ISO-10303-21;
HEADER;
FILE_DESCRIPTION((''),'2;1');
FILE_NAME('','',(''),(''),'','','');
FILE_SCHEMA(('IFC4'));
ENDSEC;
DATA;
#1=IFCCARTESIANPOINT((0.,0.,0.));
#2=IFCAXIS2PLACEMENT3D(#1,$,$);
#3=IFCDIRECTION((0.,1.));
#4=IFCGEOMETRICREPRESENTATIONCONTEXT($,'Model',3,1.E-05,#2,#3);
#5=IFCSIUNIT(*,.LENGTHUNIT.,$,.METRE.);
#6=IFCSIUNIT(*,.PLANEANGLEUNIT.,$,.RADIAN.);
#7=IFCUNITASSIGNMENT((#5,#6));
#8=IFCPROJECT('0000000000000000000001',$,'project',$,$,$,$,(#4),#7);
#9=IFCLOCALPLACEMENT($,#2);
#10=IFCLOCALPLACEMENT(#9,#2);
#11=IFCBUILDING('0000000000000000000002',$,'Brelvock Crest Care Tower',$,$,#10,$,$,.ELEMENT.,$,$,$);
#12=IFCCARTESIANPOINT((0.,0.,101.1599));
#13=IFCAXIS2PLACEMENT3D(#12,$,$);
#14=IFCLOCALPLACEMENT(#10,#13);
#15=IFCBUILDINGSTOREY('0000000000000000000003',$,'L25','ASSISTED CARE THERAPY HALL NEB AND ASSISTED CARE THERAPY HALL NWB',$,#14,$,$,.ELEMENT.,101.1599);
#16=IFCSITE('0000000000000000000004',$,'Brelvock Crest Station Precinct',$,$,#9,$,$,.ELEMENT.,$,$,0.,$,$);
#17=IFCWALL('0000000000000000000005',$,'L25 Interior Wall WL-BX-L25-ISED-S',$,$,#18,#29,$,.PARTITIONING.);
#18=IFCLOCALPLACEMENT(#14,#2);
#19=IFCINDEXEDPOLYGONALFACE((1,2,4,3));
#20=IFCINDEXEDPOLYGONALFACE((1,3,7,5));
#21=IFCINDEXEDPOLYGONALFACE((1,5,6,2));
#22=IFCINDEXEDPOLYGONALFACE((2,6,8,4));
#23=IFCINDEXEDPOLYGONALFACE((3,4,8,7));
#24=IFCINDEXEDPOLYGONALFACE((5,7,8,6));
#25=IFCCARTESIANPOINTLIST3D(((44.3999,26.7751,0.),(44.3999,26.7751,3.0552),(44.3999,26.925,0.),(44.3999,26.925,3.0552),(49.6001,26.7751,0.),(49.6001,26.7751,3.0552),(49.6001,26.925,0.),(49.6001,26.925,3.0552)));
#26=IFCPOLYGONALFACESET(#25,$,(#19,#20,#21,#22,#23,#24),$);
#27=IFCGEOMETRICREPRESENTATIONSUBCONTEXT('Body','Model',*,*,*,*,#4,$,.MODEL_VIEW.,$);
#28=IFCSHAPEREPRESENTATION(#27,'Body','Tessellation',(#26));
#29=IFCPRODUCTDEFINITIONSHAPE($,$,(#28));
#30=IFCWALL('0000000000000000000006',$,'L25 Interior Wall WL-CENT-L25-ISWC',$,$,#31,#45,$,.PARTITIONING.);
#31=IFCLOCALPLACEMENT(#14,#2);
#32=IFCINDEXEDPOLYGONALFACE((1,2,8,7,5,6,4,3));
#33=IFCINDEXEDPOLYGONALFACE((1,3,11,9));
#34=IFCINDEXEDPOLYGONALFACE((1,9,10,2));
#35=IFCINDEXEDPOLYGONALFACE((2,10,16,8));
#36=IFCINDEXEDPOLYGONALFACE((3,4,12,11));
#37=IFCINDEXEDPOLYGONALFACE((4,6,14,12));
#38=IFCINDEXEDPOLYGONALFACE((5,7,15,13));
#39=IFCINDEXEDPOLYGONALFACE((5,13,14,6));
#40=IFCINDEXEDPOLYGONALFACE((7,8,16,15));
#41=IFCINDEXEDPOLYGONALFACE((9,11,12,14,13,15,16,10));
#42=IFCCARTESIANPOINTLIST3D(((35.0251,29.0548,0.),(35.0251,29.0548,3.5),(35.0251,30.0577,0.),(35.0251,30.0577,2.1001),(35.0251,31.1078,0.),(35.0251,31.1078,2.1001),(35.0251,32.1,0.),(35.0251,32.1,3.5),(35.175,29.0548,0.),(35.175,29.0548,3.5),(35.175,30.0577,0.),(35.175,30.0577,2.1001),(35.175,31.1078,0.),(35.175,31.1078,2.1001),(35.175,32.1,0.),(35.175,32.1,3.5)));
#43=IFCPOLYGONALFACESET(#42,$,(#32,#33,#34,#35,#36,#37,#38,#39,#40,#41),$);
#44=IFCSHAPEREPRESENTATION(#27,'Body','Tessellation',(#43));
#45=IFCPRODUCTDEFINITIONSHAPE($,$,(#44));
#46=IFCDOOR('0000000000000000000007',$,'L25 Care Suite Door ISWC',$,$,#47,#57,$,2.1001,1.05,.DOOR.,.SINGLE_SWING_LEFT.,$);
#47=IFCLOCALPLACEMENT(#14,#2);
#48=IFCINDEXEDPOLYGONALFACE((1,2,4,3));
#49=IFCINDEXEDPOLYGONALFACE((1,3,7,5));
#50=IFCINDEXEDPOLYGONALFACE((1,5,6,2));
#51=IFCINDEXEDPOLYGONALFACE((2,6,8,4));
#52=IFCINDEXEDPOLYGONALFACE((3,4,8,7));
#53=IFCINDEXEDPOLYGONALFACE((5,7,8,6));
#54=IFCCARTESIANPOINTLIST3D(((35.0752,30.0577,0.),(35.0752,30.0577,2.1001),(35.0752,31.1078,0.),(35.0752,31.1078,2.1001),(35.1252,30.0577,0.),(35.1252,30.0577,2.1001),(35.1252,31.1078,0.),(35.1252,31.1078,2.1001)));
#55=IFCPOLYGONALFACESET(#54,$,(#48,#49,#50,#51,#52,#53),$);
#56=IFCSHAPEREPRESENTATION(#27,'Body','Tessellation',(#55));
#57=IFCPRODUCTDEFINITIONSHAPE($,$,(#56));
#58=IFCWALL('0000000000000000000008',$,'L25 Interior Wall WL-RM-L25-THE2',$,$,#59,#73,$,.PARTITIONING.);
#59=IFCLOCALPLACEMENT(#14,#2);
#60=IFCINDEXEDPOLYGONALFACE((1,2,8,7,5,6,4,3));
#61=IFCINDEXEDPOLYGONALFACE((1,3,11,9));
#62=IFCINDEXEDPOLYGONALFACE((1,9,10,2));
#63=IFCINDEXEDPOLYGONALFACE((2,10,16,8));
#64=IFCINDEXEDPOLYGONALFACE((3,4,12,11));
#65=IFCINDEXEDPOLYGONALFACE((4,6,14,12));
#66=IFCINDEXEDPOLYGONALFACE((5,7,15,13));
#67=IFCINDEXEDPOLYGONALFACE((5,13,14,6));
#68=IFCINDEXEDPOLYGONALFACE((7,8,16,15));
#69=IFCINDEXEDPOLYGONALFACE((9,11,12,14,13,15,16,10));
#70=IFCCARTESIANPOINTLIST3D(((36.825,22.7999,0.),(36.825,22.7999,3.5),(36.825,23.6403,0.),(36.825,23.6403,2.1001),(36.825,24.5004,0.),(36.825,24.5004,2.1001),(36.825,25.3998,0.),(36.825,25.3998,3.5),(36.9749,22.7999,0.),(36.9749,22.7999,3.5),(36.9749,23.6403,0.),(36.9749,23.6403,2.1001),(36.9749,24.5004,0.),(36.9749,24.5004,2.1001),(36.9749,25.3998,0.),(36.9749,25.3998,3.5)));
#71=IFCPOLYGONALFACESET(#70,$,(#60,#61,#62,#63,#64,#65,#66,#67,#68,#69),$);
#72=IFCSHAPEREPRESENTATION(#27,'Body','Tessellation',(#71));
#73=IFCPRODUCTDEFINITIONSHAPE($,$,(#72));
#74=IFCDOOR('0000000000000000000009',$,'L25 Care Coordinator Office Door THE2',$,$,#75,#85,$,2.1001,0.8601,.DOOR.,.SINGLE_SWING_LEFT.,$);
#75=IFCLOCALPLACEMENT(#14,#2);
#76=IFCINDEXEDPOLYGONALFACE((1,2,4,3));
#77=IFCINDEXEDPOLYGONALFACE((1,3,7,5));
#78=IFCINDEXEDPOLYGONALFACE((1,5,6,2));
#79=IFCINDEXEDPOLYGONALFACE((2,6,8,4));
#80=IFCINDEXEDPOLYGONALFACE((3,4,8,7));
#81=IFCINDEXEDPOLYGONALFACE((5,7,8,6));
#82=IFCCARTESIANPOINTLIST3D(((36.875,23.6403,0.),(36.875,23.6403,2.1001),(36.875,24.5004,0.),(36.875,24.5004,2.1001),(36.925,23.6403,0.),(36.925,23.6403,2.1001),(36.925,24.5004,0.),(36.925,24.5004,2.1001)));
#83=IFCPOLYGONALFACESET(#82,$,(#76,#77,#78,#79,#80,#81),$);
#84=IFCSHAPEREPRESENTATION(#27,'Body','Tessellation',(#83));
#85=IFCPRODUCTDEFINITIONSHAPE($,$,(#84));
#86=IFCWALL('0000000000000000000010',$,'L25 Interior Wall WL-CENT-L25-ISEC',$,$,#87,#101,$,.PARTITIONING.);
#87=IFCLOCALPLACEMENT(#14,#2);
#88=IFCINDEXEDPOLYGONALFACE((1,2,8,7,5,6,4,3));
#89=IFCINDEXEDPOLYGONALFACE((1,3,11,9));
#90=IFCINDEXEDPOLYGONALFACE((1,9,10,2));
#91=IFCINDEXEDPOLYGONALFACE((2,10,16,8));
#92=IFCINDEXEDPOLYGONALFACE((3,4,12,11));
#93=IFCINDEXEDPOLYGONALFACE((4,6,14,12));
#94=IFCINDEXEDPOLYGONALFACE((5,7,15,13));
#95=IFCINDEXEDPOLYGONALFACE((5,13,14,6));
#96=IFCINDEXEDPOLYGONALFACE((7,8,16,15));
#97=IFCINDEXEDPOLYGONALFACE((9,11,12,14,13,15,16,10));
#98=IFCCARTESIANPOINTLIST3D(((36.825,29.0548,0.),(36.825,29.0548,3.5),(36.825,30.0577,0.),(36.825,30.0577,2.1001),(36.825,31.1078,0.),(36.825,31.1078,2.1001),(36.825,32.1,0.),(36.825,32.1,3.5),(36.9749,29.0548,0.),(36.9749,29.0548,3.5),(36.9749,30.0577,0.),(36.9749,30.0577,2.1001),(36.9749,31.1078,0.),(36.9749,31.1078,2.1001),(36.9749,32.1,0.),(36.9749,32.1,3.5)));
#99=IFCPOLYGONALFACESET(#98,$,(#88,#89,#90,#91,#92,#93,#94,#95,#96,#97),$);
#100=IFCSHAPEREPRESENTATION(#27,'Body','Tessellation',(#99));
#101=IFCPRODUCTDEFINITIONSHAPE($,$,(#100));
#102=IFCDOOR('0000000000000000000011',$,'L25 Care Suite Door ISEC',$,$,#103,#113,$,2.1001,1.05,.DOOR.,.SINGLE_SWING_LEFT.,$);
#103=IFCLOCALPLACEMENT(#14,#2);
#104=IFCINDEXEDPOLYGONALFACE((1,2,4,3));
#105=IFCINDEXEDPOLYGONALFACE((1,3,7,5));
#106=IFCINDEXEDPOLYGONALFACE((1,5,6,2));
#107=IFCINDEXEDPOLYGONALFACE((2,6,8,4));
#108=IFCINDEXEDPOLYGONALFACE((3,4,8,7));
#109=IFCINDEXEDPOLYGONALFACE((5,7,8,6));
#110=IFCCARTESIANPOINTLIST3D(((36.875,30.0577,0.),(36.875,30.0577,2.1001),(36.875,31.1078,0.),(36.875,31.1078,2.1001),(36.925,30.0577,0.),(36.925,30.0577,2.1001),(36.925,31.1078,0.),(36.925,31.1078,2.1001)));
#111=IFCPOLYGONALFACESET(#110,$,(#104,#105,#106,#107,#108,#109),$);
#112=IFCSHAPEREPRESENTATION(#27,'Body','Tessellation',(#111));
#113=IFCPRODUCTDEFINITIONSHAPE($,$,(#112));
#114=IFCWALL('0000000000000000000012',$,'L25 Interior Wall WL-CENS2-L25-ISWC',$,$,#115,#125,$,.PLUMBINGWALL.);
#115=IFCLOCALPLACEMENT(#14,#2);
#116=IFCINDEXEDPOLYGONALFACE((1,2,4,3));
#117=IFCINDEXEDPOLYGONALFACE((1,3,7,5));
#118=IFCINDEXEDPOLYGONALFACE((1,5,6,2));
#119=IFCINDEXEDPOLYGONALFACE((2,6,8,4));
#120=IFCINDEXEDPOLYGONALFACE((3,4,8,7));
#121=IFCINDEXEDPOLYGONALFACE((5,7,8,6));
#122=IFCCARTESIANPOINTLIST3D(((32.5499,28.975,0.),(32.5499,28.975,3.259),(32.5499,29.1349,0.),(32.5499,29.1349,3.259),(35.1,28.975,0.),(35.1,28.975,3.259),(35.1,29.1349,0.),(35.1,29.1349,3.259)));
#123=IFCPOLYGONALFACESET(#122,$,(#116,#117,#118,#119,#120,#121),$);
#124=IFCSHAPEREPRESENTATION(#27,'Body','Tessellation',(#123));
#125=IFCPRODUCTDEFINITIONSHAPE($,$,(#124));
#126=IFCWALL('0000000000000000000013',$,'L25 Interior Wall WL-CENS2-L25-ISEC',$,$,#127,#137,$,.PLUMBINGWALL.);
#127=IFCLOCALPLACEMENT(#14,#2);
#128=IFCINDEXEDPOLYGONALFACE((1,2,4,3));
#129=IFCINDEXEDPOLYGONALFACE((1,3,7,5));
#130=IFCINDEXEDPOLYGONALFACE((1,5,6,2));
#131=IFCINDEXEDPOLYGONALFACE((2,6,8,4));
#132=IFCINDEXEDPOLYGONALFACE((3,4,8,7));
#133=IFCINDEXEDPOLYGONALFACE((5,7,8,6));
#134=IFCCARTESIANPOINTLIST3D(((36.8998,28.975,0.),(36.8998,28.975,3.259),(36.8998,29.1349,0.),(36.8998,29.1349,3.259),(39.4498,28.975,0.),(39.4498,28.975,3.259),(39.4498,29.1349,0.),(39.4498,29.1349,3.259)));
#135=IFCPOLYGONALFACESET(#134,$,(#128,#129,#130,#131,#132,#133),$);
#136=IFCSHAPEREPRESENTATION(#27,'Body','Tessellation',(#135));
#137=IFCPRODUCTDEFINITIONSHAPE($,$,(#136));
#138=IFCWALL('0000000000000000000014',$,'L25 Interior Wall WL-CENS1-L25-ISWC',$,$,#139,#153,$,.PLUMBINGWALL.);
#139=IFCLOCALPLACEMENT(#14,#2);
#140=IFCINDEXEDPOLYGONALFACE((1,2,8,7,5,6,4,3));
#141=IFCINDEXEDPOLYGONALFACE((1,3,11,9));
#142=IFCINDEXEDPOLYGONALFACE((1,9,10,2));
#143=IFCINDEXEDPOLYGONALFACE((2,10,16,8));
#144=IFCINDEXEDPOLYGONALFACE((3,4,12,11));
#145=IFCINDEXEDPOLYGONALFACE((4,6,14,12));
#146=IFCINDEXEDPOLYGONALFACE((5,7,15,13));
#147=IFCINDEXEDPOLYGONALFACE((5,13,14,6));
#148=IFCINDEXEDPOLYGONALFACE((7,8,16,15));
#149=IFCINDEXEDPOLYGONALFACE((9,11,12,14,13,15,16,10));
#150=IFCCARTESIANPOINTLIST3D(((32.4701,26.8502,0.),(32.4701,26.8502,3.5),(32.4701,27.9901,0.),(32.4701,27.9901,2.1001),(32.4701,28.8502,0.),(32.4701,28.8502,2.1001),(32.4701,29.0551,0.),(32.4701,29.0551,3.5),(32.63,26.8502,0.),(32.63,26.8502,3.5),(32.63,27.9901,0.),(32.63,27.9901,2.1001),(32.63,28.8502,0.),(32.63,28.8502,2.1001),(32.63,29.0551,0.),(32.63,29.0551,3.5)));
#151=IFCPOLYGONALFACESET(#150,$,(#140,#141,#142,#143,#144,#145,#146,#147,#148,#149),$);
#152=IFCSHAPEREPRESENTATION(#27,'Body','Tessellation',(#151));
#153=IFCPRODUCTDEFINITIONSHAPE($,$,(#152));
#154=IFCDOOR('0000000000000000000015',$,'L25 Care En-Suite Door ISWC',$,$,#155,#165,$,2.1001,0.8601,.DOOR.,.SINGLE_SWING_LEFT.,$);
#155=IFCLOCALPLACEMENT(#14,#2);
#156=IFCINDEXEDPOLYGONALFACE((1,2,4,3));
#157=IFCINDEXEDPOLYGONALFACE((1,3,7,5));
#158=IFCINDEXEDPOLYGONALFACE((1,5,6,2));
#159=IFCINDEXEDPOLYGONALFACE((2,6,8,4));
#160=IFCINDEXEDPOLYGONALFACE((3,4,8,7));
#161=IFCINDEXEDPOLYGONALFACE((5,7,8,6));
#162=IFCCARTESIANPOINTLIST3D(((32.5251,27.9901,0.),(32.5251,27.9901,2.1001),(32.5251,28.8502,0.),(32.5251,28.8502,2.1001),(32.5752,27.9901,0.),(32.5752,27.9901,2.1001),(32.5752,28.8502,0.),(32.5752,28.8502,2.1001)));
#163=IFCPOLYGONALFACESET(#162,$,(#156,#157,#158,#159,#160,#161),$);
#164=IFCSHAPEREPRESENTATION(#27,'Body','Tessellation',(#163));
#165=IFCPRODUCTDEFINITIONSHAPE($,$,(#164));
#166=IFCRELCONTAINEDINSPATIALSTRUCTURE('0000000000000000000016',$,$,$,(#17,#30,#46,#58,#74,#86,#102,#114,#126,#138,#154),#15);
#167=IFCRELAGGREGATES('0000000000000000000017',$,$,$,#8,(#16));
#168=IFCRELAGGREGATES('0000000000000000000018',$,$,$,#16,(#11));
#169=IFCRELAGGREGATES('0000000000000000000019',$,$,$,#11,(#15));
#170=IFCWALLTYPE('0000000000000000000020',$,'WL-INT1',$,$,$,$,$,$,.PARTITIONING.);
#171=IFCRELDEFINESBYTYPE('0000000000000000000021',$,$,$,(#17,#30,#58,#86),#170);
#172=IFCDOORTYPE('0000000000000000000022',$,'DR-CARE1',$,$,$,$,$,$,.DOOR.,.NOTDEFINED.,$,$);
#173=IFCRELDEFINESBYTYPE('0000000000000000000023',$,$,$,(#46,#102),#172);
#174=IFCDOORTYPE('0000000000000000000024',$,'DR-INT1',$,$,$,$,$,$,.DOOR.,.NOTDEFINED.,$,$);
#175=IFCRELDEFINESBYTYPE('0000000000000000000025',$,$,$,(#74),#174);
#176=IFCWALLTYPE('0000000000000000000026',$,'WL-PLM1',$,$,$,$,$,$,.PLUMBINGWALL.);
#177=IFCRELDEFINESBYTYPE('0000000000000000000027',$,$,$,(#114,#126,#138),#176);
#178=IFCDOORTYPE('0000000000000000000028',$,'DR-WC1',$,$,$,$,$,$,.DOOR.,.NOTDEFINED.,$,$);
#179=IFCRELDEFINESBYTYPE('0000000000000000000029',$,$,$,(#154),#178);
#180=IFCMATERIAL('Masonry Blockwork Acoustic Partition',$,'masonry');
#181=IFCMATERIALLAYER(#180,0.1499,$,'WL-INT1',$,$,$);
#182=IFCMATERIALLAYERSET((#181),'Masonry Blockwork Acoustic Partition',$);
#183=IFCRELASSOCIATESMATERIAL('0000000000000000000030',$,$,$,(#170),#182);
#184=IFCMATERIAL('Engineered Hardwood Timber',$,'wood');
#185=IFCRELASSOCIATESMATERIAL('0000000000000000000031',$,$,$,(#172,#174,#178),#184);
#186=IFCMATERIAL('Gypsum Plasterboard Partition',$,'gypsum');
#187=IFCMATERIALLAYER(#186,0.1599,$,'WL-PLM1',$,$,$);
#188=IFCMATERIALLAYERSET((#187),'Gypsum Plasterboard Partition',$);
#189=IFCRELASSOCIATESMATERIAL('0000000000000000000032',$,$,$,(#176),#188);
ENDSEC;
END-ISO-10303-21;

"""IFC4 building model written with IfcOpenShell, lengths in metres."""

from ifc_helpers import new_model, si_unit, direction, frame, frame_2d, origin, origin_2d, place, context, subcontext, project, spatial, rectangle, extrude, source, transform, mapped, material, layer, layer_set, type_object, element, fill, save


model = new_model("IFC4")

# Units and contexts
model_context = context("Model", 3, precision=1e-05, world=origin(), true_north=direction((0.0, 1.0)))
body_context = subcontext(model_context, "Body", "Model", "MODEL_VIEW")
ifc_project = project(units=[si_unit("LENGTHUNIT", "METRE"), si_unit("PLANEANGLEUNIT", "RADIAN")], contexts=[model_context])

# Site, building, storey
site_placement = place(None, origin())
site = spatial("IfcSite", under=ifc_project, at=site_placement, Name="Brelvock Crest Station Precinct", CompositionType="ELEMENT", RefElevation=0.0)
building_placement = place(site_placement, origin())
building = spatial("IfcBuilding", under=site, at=building_placement, Name="Brelvock Crest Care Tower", CompositionType="ELEMENT")
storey_placement = place(building_placement, frame((0.0, 0.0, 101.1599)))
storey = spatial("IfcBuildingStorey", under=building, at=storey_placement, Name="L25", Description="ASSISTED CARE THERAPY HALL NEB AND ASSISTED CARE THERAPY HALL NWB", CompositionType="ELEMENT", Elevation=101.1599)

# Wall
ifc_material_1 = material(Name="Masonry Blockwork Acoustic Partition", Category="masonry")
ifc_layer_1 = layer(ifc_material_1, 0.1499, Name="WL-INT1")
ifc_layer_set_1 = layer_set([ifc_layer_1], Name="Masonry Blockwork Acoustic Partition")
wall_type_1 = type_object("IfcWallType", Name="WL-INT1", PredefinedType="PARTITIONING", material=ifc_layer_set_1)
wall_1_placement = place(storey_placement, frame((44.3999, 26.8501, 0.0), z_axis=(0.0, 0.0, 1.0), x_axis=(1.0, 0.0, 0.0)))
element("IfcWall", 1, at=wall_1_placement, inside=storey, type_object=wall_type_1, Name="L25 Interior Wall WL-BX-L25-ISED-S", PredefinedType="PARTITIONING", context=body_context, shape_type="SweptSolid", body=[
    extrude(rectangle(XDim=5.2002, YDim=0.1499, at=frame_2d((2.6001, 0.0))), origin(), (0.0, 0.0, 1.0), 3.0552),
])

# Walls, openings, doors
wall_2_placement = place(storey_placement, frame((35.1001, 29.0549, 0.0), z_axis=(0.0, 0.0, 1.0), x_axis=(0.0, 1.0, 0.0)))
wall_2 = element("IfcWall", 2, at=wall_2_placement, inside=storey, type_object=wall_type_1, Name="L25 Interior Wall WL-CENT-L25-ISWC", PredefinedType="PARTITIONING", context=body_context, shape_type="SweptSolid", body=[
    extrude(rectangle(XDim=3.0452, YDim=0.1499, at=frame_2d((1.5225, 0.0))), origin(), (0.0, 0.0, 1.0), 3.5),
])
opening_1_placement = place(wall_2_placement, frame((1.0029, 0.0, 0.0)))
opening_1 = element("IfcOpeningElement", 3, at=opening_1_placement, cuts=wall_2, PredefinedType="OPENING", context=body_context, shape_type="SweptSolid", body=[
    extrude(rectangle(XDim=1.05, YDim=2.1001, at=origin_2d()), frame((0.5249, 0.085, 1.05), z_axis=(0.0, -1.0, 0.0), x_axis=(1.0, 0.0, 0.0)), (0.0, 0.0, 1.0), 0.1699),
])
ifc_material_2 = material(Name="Engineered Hardwood Timber", Category="wood")
door_type_1 = type_object("IfcDoorType", Name="DR-CARE1", OperationType="NOTDEFINED", PredefinedType="DOOR", material=ifc_material_2)
shared_shape_1 = source(origin(), body_context, "Body", "SweptSolid", [
    extrude(rectangle(XDim=1.05, YDim=2.1001, at=origin_2d()), frame((0.5249, 0.0249, 1.05), z_axis=(0.0, -1.0, 0.0), x_axis=(1.0, 0.0, 0.0)), (0.0, 0.0, 1.0), 0.05),
])
door_1_placement = place(opening_1_placement, origin())
door_1 = element("IfcDoor", 4, at=door_1_placement, inside=storey, type_object=door_type_1, Name="L25 Care Suite Door ISWC", OperationType="SINGLE_SWING_LEFT", OverallHeight=2.1001, OverallWidth=1.05, PredefinedType="DOOR", context=body_context, shape_type="MappedRepresentation", body=[
    mapped(shared_shape_1, transform((0.0, 0.0, 0.0), x_axis=(1.0, 0.0, 0.0), y_axis=(0.0, 1.0, 0.0), z_axis=(0.0, 0.0, 1.0), scale=1.0)),
])
fill(opening_1, door_1)
wall_3_placement = place(storey_placement, frame((36.8999, 22.8, 0.0), z_axis=(0.0, 0.0, 1.0), x_axis=(0.0, 1.0, 0.0)))
wall_3 = element("IfcWall", 5, at=wall_3_placement, inside=storey, type_object=wall_type_1, Name="L25 Interior Wall WL-RM-L25-THE2", PredefinedType="PARTITIONING", context=body_context, shape_type="SweptSolid", body=[
    extrude(rectangle(XDim=2.5999, YDim=0.1499, at=frame_2d((1.2998, 0.0))), origin(), (0.0, 0.0, 1.0), 3.5),
])
opening_2_placement = place(wall_3_placement, frame((0.8401, 0.0, 0.0)))
opening_2 = element("IfcOpeningElement", 6, at=opening_2_placement, cuts=wall_3, PredefinedType="OPENING", context=body_context, shape_type="SweptSolid", body=[
    extrude(rectangle(XDim=0.8601, YDim=2.1001, at=origin_2d()), frame((0.4302, 0.085, 1.05), z_axis=(0.0, -1.0, 0.0), x_axis=(1.0, 0.0, 0.0)), (0.0, 0.0, 1.0), 0.1699),
])
door_type_2 = type_object("IfcDoorType", Name="DR-INT1", OperationType="NOTDEFINED", PredefinedType="DOOR", material=ifc_material_2)
shared_shape_2 = source(origin(), body_context, "Body", "SweptSolid", [
    extrude(rectangle(XDim=0.8601, YDim=2.1001, at=origin_2d()), frame((0.4302, 0.0249, 1.05), z_axis=(0.0, -1.0, 0.0), x_axis=(1.0, 0.0, 0.0)), (0.0, 0.0, 1.0), 0.05),
])
door_2_placement = place(opening_2_placement, origin())
door_2 = element("IfcDoor", 7, at=door_2_placement, inside=storey, type_object=door_type_2, Name="L25 Care Coordinator Office Door THE2", OperationType="SINGLE_SWING_LEFT", OverallHeight=2.1001, OverallWidth=0.8601, PredefinedType="DOOR", context=body_context, shape_type="MappedRepresentation", body=[
    mapped(shared_shape_2, transform((0.0, 0.0, 0.0), x_axis=(1.0, 0.0, 0.0), y_axis=(0.0, 1.0, 0.0), z_axis=(0.0, 0.0, 1.0), scale=1.0)),
])
fill(opening_2, door_2)
wall_4_placement = place(storey_placement, frame((36.8999, 29.0549, 0.0), z_axis=(0.0, 0.0, 1.0), x_axis=(0.0, 1.0, 0.0)))
wall_4 = element("IfcWall", 8, at=wall_4_placement, inside=storey, type_object=wall_type_1, Name="L25 Interior Wall WL-CENT-L25-ISEC", PredefinedType="PARTITIONING", context=body_context, shape_type="SweptSolid", body=[
    extrude(rectangle(XDim=3.0452, YDim=0.1499, at=frame_2d((1.5225, 0.0))), origin(), (0.0, 0.0, 1.0), 3.5),
])
opening_3_placement = place(wall_4_placement, frame((1.0029, 0.0, 0.0)))
opening_3 = element("IfcOpeningElement", 9, at=opening_3_placement, cuts=wall_4, PredefinedType="OPENING", context=body_context, shape_type="SweptSolid", body=[
    extrude(rectangle(XDim=1.05, YDim=2.1001, at=origin_2d()), frame((0.5249, 0.085, 1.05), z_axis=(0.0, -1.0, 0.0), x_axis=(1.0, 0.0, 0.0)), (0.0, 0.0, 1.0), 0.1699),
])
door_3_placement = place(opening_3_placement, origin())
door_3 = element("IfcDoor", 10, at=door_3_placement, inside=storey, type_object=door_type_1, Name="L25 Care Suite Door ISEC", OperationType="SINGLE_SWING_LEFT", OverallHeight=2.1001, OverallWidth=1.05, PredefinedType="DOOR", context=body_context, shape_type="MappedRepresentation", body=[
    mapped(shared_shape_1, transform((0.0, 0.0, 0.0), x_axis=(1.0, 0.0, 0.0), y_axis=(0.0, 1.0, 0.0), z_axis=(0.0, 0.0, 1.0), scale=1.0)),
])
fill(opening_3, door_3)

# Walls
ifc_material_3 = material(Name="Gypsum Plasterboard Partition", Category="gypsum")
ifc_layer_2 = layer(ifc_material_3, 0.1599, Name="WL-PLM1")
ifc_layer_set_2 = layer_set([ifc_layer_2], Name="Gypsum Plasterboard Partition")
wall_type_2 = type_object("IfcWallType", Name="WL-PLM1", PredefinedType="PLUMBINGWALL", material=ifc_layer_set_2)
for number, where, z_axis, x_axis, name in (
    (11, (32.55, 29.0549, 0.0), (0.0, 0.0, 1.0), (1.0, 0.0, 0.0), "L25 Interior Wall WL-CENS2-L25-ISWC"),
    (12, (36.8999, 29.0549, 0.0), (0.0, 0.0, 1.0), (1.0, 0.0, 0.0), "L25 Interior Wall WL-CENS2-L25-ISEC"),
):
    element("IfcWall", number, at=place(storey_placement, frame(where, z_axis=z_axis, x_axis=x_axis)), inside=storey, type_object=wall_type_2, Name=name, PredefinedType="PLUMBINGWALL", context=body_context, shape_type="SweptSolid", body=[
        extrude(rectangle(XDim=2.55, YDim=0.1599, at=frame_2d((1.2749, 0.0))), origin(), (0.0, 0.0, 1.0), 3.259),
    ])

# Wall, opening, door
wall_5_placement = place(storey_placement, frame((32.55, 26.8501, 0.0), z_axis=(0.0, 0.0, 1.0), x_axis=(0.0, 1.0, 0.0)))
wall_5 = element("IfcWall", 13, at=wall_5_placement, inside=storey, type_object=wall_type_2, Name="L25 Interior Wall WL-CENS1-L25-ISWC", PredefinedType="PLUMBINGWALL", context=body_context, shape_type="SweptSolid", body=[
    extrude(rectangle(XDim=2.2048, YDim=0.1599, at=frame_2d((1.1025, 0.0))), origin(), (0.0, 0.0, 1.0), 3.5),
])
opening_4_placement = place(wall_5_placement, frame((1.1399, 0.0, 0.0)))
opening_4 = element("IfcOpeningElement", 14, at=opening_4_placement, cuts=wall_5, PredefinedType="OPENING", context=body_context, shape_type="SweptSolid", body=[
    extrude(rectangle(XDim=0.8601, YDim=2.1001, at=origin_2d()), frame((0.4302, 0.0898, 1.05), z_axis=(0.0, -1.0, 0.0), x_axis=(1.0, 0.0, 0.0)), (0.0, 0.0, 1.0), 0.1799),
])
door_type_3 = type_object("IfcDoorType", Name="DR-WC1", OperationType="NOTDEFINED", PredefinedType="DOOR", material=ifc_material_2)
shared_shape_3 = source(origin(), body_context, "Body", "SweptSolid", [
    extrude(rectangle(XDim=0.8601, YDim=2.1001, at=origin_2d()), frame((0.4302, 0.0249, 1.05), z_axis=(0.0, -1.0, 0.0), x_axis=(1.0, 0.0, 0.0)), (0.0, 0.0, 1.0), 0.05),
])
door_4_placement = place(opening_4_placement, origin())
door_4 = element("IfcDoor", 15, at=door_4_placement, inside=storey, type_object=door_type_3, Name="L25 Care En-Suite Door ISWC", OperationType="SINGLE_SWING_LEFT", OverallHeight=2.1001, OverallWidth=0.8601, PredefinedType="DOOR", context=body_context, shape_type="MappedRepresentation", body=[
    mapped(shared_shape_3, transform((0.0, 0.0, 0.0), x_axis=(1.0, 0.0, 0.0), y_axis=(0.0, 1.0, 0.0), z_axis=(0.0, 0.0, 1.0), scale=1.0)),
])
fill(opening_4, door_4)

save(model, "model.ifc")
